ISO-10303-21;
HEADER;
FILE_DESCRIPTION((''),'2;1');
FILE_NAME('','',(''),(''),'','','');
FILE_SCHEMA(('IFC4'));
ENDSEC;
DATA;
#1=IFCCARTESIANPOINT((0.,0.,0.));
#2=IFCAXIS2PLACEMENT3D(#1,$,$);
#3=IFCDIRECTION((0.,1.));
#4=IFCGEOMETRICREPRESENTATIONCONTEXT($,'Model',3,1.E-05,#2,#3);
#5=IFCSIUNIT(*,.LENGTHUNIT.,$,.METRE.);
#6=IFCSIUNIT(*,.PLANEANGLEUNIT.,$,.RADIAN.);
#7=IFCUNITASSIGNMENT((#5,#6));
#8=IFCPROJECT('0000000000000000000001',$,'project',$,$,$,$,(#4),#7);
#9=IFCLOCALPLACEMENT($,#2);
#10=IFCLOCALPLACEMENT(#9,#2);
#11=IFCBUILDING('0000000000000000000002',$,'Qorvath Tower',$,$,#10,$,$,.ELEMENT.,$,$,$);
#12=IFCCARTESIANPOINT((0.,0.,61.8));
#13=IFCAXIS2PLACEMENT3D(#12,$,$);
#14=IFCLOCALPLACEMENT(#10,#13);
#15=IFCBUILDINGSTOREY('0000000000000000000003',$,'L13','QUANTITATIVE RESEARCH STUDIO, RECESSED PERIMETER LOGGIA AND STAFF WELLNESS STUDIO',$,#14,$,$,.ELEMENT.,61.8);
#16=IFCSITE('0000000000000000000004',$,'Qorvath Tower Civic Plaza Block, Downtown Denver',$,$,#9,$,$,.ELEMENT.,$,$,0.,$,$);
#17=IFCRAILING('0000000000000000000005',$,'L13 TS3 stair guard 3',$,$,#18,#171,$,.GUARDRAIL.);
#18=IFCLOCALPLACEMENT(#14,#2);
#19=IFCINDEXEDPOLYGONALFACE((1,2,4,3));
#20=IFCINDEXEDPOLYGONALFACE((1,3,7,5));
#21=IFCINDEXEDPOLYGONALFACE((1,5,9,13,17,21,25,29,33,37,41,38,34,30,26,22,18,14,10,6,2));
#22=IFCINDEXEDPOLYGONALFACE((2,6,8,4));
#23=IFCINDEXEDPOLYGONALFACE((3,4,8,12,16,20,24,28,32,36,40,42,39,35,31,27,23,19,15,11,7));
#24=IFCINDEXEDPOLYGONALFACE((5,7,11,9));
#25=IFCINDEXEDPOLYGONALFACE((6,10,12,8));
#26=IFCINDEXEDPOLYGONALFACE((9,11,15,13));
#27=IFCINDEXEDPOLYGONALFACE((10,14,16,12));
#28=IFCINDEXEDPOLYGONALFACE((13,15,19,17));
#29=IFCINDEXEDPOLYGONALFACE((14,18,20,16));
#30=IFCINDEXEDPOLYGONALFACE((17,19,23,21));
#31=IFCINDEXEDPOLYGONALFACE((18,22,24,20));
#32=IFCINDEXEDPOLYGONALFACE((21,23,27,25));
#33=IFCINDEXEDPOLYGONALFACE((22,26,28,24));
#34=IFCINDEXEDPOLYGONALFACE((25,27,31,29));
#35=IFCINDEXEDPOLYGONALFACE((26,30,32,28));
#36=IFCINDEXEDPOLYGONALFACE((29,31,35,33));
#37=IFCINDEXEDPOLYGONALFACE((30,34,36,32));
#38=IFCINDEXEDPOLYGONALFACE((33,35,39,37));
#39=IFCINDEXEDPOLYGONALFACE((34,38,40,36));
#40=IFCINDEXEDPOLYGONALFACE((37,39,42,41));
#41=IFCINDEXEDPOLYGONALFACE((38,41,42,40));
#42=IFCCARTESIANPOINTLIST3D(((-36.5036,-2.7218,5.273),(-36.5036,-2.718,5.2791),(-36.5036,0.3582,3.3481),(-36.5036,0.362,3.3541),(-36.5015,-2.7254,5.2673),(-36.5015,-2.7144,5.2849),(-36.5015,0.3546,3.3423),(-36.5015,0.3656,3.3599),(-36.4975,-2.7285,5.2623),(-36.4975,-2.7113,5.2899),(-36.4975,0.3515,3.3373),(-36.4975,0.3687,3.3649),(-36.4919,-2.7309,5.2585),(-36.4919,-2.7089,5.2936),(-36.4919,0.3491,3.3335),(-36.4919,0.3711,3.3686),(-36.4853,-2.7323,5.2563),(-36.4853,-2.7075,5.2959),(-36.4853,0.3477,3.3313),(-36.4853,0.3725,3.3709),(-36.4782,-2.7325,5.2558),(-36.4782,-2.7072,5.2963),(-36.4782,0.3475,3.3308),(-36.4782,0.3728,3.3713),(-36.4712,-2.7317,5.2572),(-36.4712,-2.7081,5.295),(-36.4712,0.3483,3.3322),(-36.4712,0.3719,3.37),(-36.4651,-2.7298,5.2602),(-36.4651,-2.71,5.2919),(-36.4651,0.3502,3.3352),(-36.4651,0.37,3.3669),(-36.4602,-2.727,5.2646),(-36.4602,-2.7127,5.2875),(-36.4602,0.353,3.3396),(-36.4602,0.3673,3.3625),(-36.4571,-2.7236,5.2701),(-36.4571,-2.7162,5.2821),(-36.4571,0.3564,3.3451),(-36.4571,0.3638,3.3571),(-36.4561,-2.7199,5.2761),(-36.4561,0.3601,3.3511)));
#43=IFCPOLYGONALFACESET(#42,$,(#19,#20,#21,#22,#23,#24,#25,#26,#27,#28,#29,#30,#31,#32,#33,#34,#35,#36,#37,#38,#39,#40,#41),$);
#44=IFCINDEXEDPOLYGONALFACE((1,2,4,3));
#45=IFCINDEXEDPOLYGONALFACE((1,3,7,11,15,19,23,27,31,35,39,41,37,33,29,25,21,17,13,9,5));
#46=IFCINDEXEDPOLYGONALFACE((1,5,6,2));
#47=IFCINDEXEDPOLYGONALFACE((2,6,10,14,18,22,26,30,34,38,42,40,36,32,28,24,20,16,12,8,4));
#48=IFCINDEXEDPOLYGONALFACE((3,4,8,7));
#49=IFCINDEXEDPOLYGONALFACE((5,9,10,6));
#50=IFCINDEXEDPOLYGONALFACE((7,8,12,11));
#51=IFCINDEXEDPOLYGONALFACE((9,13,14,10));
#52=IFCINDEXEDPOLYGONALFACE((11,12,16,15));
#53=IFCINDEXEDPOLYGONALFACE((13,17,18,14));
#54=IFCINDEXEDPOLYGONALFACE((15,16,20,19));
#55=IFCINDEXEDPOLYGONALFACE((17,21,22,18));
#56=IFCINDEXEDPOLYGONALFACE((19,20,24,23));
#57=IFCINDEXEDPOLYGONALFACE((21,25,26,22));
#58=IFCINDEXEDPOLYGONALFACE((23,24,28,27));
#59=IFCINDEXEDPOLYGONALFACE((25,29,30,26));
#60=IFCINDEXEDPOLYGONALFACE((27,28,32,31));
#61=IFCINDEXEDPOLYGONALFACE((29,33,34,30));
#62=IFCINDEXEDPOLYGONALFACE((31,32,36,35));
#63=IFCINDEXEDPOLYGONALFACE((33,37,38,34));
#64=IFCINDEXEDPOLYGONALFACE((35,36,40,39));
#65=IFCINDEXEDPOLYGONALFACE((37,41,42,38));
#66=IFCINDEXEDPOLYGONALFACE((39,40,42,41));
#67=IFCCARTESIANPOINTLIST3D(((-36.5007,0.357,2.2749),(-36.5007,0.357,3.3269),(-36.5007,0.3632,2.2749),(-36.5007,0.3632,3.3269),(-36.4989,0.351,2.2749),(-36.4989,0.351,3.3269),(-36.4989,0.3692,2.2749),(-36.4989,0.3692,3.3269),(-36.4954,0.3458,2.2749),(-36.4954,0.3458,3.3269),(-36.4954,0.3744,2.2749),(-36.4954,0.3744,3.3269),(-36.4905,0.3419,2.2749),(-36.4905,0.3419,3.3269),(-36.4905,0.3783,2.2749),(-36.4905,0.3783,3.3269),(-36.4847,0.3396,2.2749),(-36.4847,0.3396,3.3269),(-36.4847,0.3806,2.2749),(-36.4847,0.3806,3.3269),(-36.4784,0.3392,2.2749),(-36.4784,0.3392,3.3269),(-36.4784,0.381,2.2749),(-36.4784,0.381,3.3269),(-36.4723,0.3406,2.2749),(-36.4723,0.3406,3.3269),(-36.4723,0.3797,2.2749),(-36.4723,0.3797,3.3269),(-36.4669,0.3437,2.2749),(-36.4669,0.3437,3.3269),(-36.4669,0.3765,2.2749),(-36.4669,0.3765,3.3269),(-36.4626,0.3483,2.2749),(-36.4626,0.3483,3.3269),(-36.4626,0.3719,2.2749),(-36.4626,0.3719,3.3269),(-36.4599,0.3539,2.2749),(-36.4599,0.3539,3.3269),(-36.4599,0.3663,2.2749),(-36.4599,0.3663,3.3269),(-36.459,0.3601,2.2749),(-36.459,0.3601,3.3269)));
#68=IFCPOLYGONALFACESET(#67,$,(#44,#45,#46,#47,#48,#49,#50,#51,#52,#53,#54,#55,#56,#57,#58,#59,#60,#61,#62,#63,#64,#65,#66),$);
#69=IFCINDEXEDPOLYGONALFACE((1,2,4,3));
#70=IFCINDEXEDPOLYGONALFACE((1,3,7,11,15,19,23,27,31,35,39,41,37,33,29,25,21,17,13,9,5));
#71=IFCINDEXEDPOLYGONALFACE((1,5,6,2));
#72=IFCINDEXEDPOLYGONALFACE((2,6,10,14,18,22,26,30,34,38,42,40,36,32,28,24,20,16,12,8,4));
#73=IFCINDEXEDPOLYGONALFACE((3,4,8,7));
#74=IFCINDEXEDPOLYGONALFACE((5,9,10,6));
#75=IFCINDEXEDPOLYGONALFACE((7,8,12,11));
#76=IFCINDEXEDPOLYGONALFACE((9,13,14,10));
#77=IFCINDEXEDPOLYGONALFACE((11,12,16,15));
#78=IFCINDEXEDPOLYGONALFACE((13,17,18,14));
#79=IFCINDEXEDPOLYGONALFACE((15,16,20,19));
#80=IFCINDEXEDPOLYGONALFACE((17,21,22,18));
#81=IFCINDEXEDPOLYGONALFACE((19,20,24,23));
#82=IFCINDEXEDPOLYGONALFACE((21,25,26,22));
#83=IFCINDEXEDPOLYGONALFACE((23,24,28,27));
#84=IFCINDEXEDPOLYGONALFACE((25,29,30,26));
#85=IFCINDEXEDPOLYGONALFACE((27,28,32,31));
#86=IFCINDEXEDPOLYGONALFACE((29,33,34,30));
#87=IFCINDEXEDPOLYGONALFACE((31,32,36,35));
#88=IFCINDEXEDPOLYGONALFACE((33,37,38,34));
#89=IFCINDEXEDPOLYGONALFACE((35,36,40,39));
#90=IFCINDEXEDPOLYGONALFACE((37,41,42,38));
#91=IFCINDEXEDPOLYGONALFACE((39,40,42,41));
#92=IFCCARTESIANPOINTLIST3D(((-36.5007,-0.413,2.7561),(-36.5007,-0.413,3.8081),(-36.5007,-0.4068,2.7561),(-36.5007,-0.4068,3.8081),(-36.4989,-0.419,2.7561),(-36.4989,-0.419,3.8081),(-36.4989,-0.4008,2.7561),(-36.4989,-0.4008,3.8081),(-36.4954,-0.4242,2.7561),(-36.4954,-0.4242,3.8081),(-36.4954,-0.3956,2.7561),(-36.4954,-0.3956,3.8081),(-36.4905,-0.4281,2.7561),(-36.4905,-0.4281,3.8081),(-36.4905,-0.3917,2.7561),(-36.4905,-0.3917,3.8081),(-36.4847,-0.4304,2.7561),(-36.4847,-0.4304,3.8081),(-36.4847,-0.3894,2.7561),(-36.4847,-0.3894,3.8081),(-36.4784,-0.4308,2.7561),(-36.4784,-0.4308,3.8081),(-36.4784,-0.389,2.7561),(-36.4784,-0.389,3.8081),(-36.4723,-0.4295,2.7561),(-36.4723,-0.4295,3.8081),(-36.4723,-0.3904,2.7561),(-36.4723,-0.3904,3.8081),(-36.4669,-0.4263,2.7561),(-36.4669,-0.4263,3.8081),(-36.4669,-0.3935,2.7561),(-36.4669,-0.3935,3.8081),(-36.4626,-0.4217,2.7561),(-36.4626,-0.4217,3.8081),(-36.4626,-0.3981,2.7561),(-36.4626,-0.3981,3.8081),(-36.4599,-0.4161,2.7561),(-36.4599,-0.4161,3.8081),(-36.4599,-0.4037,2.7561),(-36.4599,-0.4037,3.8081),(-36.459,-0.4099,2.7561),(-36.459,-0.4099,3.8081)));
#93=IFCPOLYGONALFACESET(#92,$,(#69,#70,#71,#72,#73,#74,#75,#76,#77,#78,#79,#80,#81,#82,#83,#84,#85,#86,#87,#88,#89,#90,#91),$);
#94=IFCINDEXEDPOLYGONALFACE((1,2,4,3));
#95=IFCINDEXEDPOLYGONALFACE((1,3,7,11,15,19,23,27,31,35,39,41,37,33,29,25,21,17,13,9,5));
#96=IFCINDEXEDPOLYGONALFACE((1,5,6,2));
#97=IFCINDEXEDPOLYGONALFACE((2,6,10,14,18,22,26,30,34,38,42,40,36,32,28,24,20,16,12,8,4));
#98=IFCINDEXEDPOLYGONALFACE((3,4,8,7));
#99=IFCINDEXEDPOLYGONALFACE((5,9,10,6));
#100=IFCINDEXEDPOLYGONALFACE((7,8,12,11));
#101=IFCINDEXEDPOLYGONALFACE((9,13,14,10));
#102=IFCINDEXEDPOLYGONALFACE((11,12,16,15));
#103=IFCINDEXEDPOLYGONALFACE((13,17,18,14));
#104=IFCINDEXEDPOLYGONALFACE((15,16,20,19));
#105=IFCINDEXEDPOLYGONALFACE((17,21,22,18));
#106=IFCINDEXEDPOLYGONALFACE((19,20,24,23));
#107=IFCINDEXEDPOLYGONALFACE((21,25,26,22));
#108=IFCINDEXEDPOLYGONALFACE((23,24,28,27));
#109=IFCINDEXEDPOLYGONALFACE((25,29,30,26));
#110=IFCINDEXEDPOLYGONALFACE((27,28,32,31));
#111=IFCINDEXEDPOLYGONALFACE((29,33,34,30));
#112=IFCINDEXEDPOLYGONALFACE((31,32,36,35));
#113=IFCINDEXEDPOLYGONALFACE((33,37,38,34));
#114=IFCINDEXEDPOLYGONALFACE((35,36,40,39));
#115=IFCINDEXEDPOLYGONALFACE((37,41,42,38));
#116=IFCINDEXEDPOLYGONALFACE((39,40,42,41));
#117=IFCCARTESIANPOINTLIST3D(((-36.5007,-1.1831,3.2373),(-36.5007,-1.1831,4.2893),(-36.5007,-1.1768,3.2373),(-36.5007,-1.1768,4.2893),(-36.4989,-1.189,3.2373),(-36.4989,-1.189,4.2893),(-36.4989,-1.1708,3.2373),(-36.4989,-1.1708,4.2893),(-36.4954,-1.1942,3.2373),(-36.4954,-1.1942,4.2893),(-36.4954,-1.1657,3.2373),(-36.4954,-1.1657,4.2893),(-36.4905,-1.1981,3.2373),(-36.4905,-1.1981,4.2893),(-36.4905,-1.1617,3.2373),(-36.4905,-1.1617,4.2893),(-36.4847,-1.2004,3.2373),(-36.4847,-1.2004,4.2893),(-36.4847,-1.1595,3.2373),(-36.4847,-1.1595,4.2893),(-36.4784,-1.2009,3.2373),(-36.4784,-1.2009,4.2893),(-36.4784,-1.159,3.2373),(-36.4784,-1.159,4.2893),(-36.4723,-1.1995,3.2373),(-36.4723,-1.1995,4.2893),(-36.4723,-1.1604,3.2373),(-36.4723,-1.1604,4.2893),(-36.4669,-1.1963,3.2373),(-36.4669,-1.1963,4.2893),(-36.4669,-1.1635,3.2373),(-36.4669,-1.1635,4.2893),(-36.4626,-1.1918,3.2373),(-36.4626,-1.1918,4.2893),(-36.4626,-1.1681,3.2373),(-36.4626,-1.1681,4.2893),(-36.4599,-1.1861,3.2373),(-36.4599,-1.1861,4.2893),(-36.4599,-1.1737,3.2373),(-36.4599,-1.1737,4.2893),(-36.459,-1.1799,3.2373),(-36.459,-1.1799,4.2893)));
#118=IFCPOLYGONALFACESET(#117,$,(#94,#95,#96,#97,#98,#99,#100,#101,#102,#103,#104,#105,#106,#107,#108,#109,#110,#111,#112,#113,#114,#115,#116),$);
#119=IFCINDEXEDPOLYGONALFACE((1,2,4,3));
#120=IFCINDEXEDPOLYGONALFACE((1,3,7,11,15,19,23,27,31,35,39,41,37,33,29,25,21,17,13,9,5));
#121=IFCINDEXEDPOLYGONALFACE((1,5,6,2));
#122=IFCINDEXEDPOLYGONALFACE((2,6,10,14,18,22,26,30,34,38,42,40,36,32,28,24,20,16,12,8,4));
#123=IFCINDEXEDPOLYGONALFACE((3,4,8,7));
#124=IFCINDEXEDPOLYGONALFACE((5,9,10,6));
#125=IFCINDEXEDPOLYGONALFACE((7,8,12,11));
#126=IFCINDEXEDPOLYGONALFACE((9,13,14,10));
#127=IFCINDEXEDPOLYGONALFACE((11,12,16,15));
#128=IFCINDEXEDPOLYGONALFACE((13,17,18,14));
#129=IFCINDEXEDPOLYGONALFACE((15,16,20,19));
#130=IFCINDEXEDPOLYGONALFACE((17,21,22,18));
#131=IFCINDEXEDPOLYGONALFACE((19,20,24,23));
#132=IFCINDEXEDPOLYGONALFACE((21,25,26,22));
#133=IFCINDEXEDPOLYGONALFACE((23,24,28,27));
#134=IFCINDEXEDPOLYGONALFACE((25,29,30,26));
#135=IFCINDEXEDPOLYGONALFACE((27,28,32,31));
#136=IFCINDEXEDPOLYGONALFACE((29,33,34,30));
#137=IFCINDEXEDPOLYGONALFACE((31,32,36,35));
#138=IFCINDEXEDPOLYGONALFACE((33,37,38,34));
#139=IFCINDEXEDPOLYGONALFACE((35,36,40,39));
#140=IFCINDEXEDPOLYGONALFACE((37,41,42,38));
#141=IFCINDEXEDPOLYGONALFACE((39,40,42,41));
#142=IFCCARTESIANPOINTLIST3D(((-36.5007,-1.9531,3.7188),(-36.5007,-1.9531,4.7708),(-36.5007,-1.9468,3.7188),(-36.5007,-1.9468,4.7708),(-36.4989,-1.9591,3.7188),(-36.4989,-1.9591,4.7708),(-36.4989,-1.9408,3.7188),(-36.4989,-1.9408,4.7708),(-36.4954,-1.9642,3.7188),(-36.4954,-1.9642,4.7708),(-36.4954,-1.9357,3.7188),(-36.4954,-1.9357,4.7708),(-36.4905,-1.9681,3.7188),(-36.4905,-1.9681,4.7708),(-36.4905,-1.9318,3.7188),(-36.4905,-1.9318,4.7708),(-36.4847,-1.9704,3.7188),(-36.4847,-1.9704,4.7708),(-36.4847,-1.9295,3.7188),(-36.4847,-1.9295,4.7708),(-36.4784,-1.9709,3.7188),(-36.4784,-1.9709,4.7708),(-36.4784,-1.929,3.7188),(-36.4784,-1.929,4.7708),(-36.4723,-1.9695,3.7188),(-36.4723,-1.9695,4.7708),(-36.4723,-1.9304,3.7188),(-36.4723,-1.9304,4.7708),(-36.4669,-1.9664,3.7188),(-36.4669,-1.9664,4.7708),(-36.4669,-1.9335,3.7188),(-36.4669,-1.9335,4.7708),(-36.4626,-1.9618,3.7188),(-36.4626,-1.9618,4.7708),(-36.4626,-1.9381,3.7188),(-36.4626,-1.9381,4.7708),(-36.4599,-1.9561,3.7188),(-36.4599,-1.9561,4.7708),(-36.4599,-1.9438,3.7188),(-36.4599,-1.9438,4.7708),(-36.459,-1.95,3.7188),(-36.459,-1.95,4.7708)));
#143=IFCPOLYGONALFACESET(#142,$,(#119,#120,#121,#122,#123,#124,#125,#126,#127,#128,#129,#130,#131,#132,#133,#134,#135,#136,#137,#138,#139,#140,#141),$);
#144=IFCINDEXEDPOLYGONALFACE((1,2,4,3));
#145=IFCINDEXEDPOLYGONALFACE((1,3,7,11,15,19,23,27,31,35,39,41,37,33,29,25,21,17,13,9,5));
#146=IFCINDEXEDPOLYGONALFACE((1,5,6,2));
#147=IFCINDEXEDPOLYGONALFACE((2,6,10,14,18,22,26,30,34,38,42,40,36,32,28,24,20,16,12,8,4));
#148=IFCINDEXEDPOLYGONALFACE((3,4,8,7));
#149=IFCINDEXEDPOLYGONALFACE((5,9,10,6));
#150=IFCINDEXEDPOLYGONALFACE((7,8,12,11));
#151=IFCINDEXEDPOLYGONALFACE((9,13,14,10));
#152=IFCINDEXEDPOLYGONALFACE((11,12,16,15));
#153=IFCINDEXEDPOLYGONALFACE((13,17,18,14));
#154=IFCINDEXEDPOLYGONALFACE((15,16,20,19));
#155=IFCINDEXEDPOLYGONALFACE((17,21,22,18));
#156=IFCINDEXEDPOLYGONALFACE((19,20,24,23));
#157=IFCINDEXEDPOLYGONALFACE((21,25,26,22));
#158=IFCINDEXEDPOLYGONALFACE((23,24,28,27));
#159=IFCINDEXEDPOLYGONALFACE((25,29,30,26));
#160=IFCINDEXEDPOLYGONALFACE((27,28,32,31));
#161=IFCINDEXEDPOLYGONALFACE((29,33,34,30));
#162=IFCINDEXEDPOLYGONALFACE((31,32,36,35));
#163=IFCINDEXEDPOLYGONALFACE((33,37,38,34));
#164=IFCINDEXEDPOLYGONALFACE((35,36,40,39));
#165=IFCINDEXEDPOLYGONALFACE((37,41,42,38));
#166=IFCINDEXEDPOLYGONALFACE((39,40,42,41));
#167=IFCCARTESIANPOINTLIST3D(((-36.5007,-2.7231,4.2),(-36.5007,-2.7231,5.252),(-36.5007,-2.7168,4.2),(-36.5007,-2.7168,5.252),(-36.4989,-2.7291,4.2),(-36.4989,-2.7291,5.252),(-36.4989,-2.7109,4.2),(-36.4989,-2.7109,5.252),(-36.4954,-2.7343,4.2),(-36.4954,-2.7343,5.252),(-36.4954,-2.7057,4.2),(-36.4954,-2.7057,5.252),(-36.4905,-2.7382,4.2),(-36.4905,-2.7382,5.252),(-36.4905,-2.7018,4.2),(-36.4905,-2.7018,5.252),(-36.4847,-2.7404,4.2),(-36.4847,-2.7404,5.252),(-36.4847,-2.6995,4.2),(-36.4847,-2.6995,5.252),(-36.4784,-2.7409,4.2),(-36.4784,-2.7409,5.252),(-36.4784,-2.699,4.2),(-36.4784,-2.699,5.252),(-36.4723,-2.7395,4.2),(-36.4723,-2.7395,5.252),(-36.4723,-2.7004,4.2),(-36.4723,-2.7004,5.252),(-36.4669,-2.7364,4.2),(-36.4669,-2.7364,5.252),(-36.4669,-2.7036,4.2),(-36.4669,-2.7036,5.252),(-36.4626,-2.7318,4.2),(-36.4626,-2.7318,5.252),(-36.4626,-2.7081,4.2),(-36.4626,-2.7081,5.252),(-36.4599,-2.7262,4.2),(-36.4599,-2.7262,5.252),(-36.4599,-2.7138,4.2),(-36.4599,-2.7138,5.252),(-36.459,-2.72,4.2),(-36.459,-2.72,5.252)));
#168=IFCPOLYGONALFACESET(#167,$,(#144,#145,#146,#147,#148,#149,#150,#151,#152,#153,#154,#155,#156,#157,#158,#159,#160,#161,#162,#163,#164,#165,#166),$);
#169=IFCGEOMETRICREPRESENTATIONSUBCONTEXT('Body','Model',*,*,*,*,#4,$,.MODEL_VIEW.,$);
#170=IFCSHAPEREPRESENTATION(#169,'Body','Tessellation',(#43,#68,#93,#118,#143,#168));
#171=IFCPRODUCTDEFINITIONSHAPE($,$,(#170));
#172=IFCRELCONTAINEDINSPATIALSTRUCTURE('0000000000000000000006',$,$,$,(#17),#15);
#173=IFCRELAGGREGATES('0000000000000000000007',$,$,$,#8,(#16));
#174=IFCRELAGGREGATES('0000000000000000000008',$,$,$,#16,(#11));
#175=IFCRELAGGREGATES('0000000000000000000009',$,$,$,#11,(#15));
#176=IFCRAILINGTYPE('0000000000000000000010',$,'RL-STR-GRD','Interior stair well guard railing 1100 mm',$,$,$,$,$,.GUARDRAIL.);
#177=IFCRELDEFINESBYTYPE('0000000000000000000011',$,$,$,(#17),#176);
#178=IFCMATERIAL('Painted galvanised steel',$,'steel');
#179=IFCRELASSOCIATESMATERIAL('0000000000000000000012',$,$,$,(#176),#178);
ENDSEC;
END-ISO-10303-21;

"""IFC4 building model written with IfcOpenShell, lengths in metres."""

from ifc_helpers import new_model, si_unit, direction, frame, origin, origin_2d, place, context, subcontext, project, spatial, circle, extrude, material, type_object, element, save


model = new_model("IFC4")

# Units and contexts
model_context = context("Model", 3, precision=1e-05, world=origin(), true_north=direction((0.0, 1.0)))
body_context = subcontext(model_context, "Body", "Model", "MODEL_VIEW")
ifc_project = project(units=[si_unit("LENGTHUNIT", "METRE"), si_unit("PLANEANGLEUNIT", "RADIAN")], contexts=[model_context])

# Site, building, storey
site_placement = place(None, origin())
site = spatial("IfcSite", under=ifc_project, at=site_placement, Name="Qorvath Tower Civic Plaza Block, Downtown Denver", CompositionType="ELEMENT", RefElevation=0.0)
building_placement = place(site_placement, origin())
building = spatial("IfcBuilding", under=site, at=building_placement, Name="Qorvath Tower", CompositionType="ELEMENT")
storey_placement = place(building_placement, frame((0.0, 0.0, 61.8)))
storey = spatial("IfcBuildingStorey", under=building, at=storey_placement, Name="L13", Description="QUANTITATIVE RESEARCH STUDIO, RECESSED PERIMETER LOGGIA AND STAFF WELLNESS STUDIO", CompositionType="ELEMENT", Elevation=61.8)

# Railing
ifc_material_1 = material(Name="Painted galvanised steel", Category="steel")
railing_type_1 = type_object("IfcRailingType", Name="RL-STR-GRD", Description="Interior stair well guard railing 1100 mm", PredefinedType="GUARDRAIL", material=ifc_material_1)
railing_1_placement = place(storey_placement, frame((-36.48, 0.3601, 2.2749)))
element("IfcRailing", 1, at=railing_1_placement, inside=storey, type_object=railing_type_1, Name="L13 TS3 stair guard 3", PredefinedType="GUARDRAIL", context=body_context, shape_type="SweptSolid", body=[
    extrude(circle(Radius=0.0239, at=origin_2d()), frame((0.0, 0.0, 1.0762), z_axis=(0.0, -0.847998, 0.529999), x_axis=(1.0, 0.0, 0.0)), (0.0, 0.0, 1.0), 3.6321),
    extrude(circle(Radius=0.021, at=origin_2d()), origin(), (0.0, 0.0, 1.0), 1.052),
    extrude(circle(Radius=0.021, at=origin_2d()), frame((0.0, -0.77, 0.4812)), (0.0, 0.0, 1.0), 1.052),
    extrude(circle(Radius=0.021, at=origin_2d()), frame((0.0, -1.54, 0.9624)), (0.0, 0.0, 1.0), 1.052),
    extrude(circle(Radius=0.021, at=origin_2d()), frame((0.0, -2.3101, 1.4438)), (0.0, 0.0, 1.0), 1.052),
    extrude(circle(Radius=0.021, at=origin_2d()), frame((0.0, -3.0801, 1.925)), (0.0, 0.0, 1.0), 1.052),
])

save(model, "model.ifc")
